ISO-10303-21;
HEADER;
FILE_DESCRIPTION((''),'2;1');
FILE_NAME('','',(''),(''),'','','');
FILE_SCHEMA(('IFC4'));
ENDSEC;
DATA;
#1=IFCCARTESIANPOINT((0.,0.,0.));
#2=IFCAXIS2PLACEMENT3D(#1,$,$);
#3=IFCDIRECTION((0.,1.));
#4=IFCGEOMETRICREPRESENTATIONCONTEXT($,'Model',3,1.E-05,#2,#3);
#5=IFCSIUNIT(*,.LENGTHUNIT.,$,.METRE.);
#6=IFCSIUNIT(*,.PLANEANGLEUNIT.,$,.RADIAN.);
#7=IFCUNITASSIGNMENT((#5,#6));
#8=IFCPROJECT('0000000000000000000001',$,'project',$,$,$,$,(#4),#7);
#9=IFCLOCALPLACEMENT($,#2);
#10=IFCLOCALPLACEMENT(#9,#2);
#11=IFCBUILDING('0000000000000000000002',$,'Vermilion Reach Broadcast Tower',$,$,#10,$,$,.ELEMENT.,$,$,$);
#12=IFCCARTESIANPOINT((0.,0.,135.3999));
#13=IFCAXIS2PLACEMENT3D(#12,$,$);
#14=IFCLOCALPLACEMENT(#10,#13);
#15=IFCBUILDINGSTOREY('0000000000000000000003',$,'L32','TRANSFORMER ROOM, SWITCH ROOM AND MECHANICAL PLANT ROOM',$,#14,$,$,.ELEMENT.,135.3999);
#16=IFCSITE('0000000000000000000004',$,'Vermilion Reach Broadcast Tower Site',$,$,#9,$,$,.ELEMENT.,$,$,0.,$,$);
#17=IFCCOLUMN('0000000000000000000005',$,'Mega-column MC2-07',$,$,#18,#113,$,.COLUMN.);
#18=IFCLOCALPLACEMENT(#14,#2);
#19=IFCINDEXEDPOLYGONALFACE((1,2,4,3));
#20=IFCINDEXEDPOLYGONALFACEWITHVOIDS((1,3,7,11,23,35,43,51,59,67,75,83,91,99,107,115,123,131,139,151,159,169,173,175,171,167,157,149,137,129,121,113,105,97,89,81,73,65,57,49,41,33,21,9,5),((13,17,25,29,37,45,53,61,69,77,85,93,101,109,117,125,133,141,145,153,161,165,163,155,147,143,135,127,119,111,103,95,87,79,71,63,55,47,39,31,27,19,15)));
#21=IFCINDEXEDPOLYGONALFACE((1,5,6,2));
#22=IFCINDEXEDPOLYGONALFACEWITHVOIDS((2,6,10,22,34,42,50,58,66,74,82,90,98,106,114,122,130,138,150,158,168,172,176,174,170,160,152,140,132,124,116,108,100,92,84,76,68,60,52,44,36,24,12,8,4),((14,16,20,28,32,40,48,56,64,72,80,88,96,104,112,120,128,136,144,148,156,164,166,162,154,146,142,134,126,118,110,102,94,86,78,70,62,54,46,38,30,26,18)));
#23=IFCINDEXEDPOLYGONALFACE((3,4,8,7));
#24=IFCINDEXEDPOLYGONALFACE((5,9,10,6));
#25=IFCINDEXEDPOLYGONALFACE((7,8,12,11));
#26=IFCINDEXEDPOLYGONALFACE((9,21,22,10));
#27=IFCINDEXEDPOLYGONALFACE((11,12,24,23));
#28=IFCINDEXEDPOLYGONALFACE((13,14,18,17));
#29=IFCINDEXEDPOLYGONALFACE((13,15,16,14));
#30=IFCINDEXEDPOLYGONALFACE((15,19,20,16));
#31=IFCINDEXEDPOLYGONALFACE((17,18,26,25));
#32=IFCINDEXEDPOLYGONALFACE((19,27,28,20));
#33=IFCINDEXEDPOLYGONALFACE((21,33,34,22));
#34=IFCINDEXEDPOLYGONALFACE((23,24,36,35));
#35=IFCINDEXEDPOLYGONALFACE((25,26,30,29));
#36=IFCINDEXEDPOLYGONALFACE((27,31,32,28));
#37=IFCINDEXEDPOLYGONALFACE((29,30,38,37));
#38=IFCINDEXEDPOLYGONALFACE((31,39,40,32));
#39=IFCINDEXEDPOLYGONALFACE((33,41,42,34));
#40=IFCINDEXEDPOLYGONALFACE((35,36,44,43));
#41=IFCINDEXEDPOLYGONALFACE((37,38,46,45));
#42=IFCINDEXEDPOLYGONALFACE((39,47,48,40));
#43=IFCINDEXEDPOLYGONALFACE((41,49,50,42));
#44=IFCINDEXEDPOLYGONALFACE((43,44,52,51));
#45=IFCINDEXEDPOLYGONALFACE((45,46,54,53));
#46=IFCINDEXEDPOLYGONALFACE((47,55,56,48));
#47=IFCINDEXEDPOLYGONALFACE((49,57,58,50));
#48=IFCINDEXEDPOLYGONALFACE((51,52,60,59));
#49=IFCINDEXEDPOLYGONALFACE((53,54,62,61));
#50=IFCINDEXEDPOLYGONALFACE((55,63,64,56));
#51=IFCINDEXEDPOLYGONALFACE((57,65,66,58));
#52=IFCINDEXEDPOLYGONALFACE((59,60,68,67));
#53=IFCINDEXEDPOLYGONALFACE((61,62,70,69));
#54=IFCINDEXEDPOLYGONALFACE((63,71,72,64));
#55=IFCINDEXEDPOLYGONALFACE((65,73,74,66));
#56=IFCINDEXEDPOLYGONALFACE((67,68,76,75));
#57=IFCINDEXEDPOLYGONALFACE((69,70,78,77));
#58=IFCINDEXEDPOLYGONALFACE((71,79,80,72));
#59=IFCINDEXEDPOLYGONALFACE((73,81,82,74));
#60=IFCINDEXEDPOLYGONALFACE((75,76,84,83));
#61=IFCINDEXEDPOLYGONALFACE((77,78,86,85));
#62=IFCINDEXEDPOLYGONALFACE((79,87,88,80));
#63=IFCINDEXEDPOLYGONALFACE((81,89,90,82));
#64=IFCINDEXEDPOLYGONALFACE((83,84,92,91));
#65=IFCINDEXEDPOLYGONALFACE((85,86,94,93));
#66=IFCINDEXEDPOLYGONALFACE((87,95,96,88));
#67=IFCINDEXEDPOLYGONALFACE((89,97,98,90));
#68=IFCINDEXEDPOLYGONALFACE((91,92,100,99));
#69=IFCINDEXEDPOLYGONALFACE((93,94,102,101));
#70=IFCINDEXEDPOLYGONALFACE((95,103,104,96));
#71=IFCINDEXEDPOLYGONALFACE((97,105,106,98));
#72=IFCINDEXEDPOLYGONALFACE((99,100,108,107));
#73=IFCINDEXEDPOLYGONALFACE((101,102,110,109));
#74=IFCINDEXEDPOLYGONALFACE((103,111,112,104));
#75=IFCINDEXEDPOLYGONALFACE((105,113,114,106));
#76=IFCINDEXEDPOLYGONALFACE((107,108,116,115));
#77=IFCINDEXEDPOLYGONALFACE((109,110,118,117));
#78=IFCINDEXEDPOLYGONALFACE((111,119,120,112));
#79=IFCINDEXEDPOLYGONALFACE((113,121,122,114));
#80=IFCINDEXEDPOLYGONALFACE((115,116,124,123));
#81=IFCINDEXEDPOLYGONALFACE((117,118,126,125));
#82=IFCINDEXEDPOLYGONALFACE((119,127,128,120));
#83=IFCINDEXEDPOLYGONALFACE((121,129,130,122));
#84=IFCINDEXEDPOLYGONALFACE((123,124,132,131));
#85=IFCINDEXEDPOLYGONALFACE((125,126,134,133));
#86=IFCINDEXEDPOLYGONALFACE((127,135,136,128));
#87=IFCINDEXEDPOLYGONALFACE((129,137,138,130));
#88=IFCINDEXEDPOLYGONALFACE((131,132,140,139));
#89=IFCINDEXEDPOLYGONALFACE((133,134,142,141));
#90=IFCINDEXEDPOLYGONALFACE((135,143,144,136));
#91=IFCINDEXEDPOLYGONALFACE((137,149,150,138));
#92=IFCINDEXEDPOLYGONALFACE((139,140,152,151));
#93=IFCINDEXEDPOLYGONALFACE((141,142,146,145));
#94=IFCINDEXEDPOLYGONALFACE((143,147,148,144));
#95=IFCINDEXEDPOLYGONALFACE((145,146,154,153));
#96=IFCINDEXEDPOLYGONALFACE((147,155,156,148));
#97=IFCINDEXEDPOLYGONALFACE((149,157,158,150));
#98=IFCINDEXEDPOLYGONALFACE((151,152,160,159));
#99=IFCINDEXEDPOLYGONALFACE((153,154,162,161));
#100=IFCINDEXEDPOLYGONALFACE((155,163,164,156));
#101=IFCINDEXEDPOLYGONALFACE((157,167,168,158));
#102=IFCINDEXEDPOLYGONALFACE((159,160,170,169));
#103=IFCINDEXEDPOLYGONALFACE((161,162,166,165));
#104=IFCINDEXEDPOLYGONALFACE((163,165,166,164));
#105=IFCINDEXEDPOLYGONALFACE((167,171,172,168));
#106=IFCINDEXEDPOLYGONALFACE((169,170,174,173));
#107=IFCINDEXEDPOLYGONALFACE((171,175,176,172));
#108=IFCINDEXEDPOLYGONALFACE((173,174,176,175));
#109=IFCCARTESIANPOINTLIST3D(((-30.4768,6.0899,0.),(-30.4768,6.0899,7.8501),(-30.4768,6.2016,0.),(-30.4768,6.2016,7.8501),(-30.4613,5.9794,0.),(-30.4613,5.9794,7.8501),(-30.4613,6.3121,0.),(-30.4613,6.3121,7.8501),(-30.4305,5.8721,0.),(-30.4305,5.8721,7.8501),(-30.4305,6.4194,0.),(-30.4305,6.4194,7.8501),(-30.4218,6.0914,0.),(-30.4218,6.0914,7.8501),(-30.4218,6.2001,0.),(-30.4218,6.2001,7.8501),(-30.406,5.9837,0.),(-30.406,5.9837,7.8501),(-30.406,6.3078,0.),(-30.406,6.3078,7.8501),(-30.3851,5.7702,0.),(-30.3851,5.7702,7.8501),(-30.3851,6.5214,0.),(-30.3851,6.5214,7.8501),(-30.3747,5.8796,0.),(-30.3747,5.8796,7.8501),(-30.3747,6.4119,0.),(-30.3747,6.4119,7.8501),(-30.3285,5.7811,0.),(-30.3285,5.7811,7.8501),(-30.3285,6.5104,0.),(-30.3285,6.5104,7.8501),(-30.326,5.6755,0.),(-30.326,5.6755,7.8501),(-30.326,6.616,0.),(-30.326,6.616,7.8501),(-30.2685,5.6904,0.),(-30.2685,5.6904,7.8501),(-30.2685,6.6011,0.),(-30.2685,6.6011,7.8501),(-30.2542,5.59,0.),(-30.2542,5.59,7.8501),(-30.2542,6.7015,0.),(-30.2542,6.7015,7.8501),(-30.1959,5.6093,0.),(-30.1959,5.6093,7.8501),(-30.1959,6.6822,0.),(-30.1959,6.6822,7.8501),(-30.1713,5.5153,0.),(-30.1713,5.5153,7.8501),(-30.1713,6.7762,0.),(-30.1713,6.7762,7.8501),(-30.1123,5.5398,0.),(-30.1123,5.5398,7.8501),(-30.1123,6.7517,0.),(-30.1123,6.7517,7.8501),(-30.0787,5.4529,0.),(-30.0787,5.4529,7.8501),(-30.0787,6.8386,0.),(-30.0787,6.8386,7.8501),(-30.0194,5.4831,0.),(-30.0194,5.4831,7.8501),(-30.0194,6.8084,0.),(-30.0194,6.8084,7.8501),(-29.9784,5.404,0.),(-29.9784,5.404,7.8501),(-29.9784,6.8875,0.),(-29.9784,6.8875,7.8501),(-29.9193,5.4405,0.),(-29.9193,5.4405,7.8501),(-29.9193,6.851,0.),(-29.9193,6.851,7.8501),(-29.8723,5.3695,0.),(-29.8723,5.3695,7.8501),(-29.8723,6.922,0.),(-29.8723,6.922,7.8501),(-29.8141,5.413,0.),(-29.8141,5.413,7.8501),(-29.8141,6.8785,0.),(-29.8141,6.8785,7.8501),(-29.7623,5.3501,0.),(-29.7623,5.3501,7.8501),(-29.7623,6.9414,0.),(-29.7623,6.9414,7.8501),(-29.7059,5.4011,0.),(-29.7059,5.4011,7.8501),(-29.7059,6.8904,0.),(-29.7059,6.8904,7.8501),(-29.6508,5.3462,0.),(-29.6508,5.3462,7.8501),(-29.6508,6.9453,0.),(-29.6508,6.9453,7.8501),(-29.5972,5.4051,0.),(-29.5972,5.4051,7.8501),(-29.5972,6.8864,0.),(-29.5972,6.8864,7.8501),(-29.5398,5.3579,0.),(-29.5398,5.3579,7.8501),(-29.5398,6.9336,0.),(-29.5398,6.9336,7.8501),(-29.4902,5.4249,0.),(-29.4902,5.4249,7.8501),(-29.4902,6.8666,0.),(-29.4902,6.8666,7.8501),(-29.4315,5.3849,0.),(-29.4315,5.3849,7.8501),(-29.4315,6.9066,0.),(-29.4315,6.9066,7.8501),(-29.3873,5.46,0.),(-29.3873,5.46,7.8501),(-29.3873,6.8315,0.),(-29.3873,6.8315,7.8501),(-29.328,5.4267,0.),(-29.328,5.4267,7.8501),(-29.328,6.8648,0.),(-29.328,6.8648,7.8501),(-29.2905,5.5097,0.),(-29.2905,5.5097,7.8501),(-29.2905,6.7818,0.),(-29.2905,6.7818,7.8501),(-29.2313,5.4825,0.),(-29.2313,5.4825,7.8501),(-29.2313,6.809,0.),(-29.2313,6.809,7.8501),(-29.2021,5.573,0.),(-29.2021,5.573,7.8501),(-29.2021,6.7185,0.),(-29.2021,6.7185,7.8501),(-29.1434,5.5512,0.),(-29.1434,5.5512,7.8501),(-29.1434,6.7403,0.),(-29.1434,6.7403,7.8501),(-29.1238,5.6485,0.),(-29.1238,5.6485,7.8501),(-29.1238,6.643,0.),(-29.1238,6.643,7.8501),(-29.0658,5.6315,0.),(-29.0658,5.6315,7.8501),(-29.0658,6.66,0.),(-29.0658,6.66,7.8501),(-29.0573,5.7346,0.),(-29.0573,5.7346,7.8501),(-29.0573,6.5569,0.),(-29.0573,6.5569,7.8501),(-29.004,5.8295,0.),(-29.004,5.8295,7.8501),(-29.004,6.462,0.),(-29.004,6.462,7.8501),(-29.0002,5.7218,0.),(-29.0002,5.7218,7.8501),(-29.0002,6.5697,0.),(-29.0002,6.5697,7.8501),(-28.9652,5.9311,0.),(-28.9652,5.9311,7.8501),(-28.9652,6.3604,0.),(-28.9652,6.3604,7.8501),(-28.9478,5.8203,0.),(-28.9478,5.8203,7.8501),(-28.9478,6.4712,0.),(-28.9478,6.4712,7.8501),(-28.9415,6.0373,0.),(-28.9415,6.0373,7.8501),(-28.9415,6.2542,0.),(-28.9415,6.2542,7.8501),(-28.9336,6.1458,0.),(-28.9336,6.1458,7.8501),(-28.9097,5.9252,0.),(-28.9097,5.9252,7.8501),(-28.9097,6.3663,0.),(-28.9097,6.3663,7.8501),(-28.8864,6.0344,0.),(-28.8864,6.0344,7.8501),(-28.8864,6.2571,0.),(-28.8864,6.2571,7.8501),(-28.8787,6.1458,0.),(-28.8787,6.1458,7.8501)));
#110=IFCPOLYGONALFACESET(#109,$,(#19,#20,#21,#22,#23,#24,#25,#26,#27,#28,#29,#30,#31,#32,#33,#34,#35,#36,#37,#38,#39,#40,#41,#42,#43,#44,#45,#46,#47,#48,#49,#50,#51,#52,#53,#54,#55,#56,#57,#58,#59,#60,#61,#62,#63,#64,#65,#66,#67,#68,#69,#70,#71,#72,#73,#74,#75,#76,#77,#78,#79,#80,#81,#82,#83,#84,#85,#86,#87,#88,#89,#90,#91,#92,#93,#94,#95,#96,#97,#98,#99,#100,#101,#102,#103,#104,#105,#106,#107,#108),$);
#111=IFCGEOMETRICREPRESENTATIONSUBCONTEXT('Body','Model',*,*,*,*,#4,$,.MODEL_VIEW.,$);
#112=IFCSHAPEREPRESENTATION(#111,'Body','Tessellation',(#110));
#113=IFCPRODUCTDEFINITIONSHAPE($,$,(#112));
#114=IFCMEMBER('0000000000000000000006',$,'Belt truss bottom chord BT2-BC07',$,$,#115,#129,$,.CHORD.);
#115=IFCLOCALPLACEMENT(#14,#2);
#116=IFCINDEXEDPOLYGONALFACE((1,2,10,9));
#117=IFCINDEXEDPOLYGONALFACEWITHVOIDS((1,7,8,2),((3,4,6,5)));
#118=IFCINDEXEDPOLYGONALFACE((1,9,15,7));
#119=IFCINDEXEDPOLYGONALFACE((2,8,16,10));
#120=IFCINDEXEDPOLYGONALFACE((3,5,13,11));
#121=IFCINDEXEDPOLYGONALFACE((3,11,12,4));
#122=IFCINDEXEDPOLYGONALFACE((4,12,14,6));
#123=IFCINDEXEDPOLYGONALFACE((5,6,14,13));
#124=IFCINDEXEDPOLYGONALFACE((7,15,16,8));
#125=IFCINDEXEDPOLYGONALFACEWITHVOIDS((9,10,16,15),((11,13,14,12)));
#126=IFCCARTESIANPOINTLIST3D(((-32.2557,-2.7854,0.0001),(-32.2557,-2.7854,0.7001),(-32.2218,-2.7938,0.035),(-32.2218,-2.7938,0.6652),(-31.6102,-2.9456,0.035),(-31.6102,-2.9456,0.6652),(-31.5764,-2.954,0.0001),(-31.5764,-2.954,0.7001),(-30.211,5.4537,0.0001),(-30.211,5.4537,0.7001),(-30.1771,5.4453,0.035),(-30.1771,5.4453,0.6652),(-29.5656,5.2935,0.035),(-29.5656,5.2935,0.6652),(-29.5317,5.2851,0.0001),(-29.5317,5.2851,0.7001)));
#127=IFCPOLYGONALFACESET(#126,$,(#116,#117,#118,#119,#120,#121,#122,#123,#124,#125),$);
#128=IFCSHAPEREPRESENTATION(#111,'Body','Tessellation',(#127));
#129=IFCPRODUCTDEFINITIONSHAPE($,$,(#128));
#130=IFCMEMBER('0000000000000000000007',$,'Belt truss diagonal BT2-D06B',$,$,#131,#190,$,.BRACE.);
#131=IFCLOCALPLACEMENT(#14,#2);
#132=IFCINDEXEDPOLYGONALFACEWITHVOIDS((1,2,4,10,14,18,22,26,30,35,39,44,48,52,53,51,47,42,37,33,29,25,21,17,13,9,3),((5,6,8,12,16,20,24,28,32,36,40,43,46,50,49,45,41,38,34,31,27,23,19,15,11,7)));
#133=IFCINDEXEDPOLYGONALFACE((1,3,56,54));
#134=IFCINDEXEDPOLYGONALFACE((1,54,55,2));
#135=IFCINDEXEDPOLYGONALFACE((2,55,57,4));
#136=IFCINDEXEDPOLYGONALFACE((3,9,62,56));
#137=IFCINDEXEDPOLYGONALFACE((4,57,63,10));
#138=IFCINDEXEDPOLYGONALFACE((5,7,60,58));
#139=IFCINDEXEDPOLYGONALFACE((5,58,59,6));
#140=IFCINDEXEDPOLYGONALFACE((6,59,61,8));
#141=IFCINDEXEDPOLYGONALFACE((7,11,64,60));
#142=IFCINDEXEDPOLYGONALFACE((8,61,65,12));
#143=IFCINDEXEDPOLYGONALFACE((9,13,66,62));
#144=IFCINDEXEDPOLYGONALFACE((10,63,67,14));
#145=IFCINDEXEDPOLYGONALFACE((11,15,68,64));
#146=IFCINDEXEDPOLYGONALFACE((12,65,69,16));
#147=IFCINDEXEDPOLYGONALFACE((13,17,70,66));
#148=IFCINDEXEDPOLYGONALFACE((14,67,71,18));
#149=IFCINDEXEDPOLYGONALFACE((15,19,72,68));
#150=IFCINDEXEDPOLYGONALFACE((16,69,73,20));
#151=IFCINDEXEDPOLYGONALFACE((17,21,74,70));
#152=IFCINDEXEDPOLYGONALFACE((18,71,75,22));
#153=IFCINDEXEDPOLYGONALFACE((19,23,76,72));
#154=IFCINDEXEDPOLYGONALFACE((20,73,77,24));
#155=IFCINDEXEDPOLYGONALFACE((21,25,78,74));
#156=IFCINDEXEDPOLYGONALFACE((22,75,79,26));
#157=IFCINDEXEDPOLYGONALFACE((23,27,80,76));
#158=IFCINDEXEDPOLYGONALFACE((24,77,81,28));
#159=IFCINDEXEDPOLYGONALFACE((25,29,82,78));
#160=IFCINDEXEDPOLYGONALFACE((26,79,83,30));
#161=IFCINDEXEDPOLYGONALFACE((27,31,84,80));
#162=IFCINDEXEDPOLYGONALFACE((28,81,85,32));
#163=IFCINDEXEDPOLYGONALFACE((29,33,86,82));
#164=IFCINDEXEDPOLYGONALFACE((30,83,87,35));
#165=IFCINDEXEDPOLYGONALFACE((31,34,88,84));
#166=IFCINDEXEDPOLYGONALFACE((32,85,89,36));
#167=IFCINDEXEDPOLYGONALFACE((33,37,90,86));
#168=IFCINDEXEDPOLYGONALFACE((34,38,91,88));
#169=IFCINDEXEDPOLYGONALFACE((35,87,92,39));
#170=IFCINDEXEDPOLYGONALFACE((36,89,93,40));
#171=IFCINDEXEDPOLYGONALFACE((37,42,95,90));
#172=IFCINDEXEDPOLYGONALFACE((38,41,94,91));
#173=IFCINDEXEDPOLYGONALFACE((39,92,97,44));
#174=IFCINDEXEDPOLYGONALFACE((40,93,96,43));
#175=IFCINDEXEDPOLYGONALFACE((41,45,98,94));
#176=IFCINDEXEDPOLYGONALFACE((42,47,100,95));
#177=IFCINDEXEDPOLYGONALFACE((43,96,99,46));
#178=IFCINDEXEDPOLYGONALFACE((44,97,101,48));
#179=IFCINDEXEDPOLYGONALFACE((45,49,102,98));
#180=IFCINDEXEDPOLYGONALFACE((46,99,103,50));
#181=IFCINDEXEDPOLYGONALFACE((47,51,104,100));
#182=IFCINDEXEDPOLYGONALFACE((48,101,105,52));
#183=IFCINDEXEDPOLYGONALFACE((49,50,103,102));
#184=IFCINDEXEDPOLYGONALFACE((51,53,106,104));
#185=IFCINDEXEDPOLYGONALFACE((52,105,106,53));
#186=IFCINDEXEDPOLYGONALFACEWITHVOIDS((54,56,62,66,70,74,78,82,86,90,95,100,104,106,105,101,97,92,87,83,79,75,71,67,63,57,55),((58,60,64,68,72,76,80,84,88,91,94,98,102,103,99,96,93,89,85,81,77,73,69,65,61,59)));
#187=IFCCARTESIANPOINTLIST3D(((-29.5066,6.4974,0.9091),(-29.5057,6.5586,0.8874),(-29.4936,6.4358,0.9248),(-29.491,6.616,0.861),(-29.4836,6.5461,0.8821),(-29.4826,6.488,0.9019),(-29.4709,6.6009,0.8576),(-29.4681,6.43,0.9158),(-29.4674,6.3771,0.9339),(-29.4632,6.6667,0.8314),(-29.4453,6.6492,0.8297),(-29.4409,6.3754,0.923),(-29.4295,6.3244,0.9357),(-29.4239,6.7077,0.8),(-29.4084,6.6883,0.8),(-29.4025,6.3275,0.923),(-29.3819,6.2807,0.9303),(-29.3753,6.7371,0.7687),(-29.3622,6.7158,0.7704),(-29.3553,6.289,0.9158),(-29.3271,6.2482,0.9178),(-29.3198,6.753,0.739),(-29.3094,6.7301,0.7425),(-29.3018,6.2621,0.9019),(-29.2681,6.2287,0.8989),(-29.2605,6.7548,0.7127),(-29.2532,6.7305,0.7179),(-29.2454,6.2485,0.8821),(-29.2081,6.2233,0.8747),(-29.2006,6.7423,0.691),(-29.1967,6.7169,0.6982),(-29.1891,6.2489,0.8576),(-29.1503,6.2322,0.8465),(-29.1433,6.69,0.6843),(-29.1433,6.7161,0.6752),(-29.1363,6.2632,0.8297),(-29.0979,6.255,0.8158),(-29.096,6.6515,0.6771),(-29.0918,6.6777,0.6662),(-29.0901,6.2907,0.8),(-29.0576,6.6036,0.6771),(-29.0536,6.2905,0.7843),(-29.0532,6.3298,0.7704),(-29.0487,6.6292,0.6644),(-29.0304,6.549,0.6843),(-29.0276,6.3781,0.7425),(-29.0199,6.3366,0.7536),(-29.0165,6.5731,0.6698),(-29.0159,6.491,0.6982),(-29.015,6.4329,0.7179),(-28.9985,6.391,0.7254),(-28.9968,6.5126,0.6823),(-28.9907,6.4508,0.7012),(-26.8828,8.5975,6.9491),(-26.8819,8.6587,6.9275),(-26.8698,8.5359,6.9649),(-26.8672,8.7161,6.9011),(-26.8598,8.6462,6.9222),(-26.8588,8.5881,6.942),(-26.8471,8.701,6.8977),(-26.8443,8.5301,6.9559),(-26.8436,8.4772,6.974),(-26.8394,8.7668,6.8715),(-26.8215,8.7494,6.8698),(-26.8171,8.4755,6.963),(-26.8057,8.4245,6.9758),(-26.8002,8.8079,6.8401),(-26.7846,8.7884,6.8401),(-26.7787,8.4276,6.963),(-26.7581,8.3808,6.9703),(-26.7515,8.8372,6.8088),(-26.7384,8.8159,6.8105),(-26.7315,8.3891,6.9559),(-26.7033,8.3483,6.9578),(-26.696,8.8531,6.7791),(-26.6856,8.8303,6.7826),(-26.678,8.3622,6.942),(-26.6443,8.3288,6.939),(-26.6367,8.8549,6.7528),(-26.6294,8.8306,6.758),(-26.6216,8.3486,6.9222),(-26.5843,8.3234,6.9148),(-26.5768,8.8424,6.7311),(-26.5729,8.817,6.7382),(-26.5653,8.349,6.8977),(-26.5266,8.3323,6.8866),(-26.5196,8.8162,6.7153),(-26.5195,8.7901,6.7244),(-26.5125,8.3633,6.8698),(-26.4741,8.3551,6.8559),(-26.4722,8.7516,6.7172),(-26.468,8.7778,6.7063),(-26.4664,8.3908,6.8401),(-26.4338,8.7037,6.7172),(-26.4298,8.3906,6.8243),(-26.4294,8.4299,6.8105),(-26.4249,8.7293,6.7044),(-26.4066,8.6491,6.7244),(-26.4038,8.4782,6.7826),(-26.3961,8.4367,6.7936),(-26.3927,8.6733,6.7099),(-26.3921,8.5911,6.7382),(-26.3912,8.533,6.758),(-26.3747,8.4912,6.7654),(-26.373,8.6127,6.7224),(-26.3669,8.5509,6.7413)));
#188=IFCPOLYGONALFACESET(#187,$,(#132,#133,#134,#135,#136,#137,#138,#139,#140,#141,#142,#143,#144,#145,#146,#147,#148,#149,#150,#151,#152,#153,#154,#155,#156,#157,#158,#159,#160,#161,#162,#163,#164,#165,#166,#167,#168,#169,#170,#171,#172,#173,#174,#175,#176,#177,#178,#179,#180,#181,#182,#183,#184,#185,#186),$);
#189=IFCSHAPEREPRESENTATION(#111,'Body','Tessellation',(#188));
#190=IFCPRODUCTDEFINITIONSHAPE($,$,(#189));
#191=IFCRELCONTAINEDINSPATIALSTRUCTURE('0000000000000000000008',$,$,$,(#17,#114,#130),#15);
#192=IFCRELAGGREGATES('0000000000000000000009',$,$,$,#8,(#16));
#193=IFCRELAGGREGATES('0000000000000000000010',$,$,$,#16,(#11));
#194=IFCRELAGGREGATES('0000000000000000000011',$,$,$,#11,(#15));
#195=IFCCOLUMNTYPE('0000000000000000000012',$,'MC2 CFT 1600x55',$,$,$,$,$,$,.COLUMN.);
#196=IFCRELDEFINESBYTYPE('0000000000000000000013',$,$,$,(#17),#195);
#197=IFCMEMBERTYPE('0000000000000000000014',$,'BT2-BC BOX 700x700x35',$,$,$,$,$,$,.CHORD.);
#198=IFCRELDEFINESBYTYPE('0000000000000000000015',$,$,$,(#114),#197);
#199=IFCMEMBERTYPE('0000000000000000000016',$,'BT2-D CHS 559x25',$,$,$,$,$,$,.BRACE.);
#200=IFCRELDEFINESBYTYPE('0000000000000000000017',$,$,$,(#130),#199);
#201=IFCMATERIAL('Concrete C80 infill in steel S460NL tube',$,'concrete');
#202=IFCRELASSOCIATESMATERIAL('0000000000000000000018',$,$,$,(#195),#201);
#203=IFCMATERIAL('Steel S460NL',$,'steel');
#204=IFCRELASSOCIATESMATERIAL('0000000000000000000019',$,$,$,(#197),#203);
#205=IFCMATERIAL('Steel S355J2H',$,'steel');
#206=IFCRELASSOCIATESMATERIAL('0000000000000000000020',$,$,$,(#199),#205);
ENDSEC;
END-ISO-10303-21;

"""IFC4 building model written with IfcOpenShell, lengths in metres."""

from ifc_helpers import new_model, si_unit, direction, frame, origin, origin_2d, place, context, subcontext, project, spatial, hollow_rectangle, hollow_circle, extrude, material, material_profile, profile_set, type_object, element, save


model = new_model("IFC4")

# Units and contexts
model_context = context("Model", 3, precision=1e-05, world=origin(), true_north=direction((0.0, 1.0)))
body_context = subcontext(model_context, "Body", "Model", "MODEL_VIEW")
ifc_project = project(units=[si_unit("LENGTHUNIT", "METRE"), si_unit("PLANEANGLEUNIT", "RADIAN")], contexts=[model_context])

# Site, building, storey
site_placement = place(None, origin())
site = spatial("IfcSite", under=ifc_project, at=site_placement, Name="Vermilion Reach Broadcast Tower Site", CompositionType="ELEMENT", RefElevation=0.0)
building_placement = place(site_placement, origin())
building = spatial("IfcBuilding", under=site, at=building_placement, Name="Vermilion Reach Broadcast Tower", CompositionType="ELEMENT")
storey_placement = place(building_placement, frame((0.0, 0.0, 135.3999)))
storey = spatial("IfcBuildingStorey", under=building, at=storey_placement, Name="L32", Description="TRANSFORMER ROOM, SWITCH ROOM AND MECHANICAL PLANT ROOM", CompositionType="ELEMENT", Elevation=135.3999)

# Column
ifc_material_1 = material(Name="Concrete C80 infill in steel S460NL tube", Category="concrete")
ifc_material_profile_1 = material_profile(ifc_material_1, hollow_circle(Radius=0.8, WallThickness=0.0549, at=origin_2d()), Name="Concrete C80 infill in steel S460NL tube CFT 1600x55")
ifc_profile_set_1 = profile_set([ifc_material_profile_1], Name="Concrete C80 infill in steel S460NL tube")
column_type = type_object("IfcColumnType", Name="MC2 CFT 1600x55", PredefinedType="COLUMN", material=ifc_profile_set_1)
column_placement = place(storey_placement, frame((-29.6787, 6.1458, 0.0), z_axis=(0.0, 0.0, 1.0), x_axis=(1.0, 0.0, 0.0)))
element("IfcColumn", 1, at=column_placement, inside=storey, type_object=column_type, Name="Mega-column MC2-07", PredefinedType="COLUMN", context=body_context, shape_type="SweptSolid", body=[
    extrude(hollow_circle(Radius=0.8, WallThickness=0.0549, at=origin_2d()), origin(), (0.0, 0.0, 1.0), 7.8501),
])

# Members
ifc_material_2 = material(Name="Steel S460NL", Category="steel")
ifc_material_profile_2 = material_profile(ifc_material_2, hollow_rectangle(XDim=0.7, YDim=0.7, WallThickness=0.0349, at=origin_2d()), Name="S460NL BOX 700x700x35")
ifc_profile_set_2 = profile_set([ifc_material_profile_2], Name="Steel S460NL")
member_type_1 = type_object("IfcMemberType", Name="BT2-BC BOX 700x700x35", PredefinedType="CHORD", material=ifc_profile_set_2)
member_1_placement = place(storey_placement, frame((-29.8713, 5.3694, 0.3501), z_axis=(-0.240864, -0.970559, 0.0), x_axis=(0.970559, -0.240864, 0.0)))
element("IfcMember", 2, at=member_1_placement, inside=storey, type_object=member_type_1, Name="Belt truss bottom chord BT2-BC07", PredefinedType="CHORD", context=body_context, shape_type="SweptSolid", body=[
    extrude(hollow_rectangle(XDim=0.7, YDim=0.7, WallThickness=0.0349, at=origin_2d()), origin(), (0.0, 0.0, 1.0), 8.489),
])
ifc_material_3 = material(Name="Steel S355J2H", Category="steel")
ifc_material_profile_3 = material_profile(ifc_material_3, hollow_circle(Radius=0.2795, WallThickness=0.0249, at=origin_2d()), Name="S355J2H CHS 559x25")
ifc_profile_set_3 = profile_set([ifc_material_profile_3], Name="Steel S355J2H")
member_type_2 = type_object("IfcMemberType", Name="BT2-D CHS 559x25", PredefinedType="BRACE", material=ifc_profile_set_3)
member_2_placement = place(storey_placement, frame((-29.2493, 6.4895, 0.8), z_axis=(0.379594, 0.303831, 0.87384), x_axis=(-0.62489, 0.780713, 0.0)))
element("IfcMember", 3, at=member_2_placement, inside=storey, type_object=member_type_2, Name="Belt truss diagonal BT2-D06B", PredefinedType="BRACE", context=body_context, shape_type="SweptSolid", body=[
    extrude(hollow_circle(Radius=0.2795, WallThickness=0.0249, at=origin_2d()), origin(), (0.0, 0.0, 1.0), 6.9121),
])

save(model, "model.ifc")
